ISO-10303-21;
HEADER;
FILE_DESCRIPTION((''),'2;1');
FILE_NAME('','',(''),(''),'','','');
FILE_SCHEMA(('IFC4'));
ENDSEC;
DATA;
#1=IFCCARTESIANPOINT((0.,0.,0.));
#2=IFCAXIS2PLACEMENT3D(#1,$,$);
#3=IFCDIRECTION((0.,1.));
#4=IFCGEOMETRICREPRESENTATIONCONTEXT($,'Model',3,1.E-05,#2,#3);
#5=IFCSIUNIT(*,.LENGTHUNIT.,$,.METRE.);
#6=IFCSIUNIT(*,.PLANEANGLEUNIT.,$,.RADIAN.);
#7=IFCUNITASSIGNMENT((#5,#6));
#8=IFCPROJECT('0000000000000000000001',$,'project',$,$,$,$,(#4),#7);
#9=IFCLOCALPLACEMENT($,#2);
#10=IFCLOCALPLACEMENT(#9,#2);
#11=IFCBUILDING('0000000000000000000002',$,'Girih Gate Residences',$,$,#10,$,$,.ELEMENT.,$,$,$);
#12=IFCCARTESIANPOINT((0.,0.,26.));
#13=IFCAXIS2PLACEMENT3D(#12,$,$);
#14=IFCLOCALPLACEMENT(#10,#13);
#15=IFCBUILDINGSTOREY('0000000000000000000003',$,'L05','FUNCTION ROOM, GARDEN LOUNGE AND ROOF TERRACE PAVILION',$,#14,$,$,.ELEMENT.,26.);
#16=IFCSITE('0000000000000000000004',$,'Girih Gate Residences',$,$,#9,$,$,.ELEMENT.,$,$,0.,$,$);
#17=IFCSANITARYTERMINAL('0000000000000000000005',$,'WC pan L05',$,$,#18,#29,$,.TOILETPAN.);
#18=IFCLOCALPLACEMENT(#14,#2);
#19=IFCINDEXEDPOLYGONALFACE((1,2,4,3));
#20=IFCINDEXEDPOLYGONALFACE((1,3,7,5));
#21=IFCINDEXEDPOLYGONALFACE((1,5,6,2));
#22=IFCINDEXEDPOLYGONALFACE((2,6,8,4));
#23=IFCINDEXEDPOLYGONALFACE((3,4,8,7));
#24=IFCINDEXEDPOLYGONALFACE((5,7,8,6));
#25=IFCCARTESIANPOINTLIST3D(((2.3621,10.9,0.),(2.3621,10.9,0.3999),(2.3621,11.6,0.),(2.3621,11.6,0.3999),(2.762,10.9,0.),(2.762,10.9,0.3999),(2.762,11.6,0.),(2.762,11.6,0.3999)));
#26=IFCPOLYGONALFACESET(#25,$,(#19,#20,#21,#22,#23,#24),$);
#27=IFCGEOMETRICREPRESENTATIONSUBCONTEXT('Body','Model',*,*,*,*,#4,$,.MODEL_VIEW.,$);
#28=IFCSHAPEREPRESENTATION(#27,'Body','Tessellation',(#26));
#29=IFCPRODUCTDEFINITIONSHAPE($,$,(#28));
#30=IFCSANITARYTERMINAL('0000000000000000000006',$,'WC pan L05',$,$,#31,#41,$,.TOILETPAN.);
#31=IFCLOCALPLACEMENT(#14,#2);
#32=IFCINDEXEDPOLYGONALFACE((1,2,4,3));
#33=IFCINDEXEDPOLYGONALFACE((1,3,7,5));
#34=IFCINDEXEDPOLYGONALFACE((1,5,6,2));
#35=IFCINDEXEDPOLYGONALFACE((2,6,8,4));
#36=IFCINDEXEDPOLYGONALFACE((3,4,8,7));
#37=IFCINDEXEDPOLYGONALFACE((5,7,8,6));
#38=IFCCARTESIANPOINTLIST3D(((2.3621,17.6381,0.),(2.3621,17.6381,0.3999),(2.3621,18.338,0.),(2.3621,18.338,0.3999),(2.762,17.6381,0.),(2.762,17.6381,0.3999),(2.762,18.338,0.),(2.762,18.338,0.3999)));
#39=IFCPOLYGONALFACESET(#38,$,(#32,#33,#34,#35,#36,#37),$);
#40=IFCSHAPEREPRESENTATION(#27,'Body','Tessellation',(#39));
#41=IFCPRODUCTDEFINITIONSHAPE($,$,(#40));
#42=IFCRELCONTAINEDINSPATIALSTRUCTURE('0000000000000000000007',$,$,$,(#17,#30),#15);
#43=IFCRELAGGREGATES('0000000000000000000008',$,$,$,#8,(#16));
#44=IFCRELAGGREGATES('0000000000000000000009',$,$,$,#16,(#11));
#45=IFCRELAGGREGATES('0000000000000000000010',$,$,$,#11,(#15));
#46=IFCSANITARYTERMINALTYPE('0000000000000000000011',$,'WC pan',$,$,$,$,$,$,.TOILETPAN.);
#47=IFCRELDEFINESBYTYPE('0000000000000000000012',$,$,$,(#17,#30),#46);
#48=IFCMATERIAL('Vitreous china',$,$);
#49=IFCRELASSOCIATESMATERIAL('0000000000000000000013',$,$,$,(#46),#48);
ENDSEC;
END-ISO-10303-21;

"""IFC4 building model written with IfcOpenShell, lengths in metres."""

from ifc_helpers import new_model, si_unit, direction, frame, origin, origin_2d, place, context, subcontext, project, spatial, rectangle, extrude, material, type_object, element, save


model = new_model("IFC4")

# Units and contexts
model_context = context("Model", 3, precision=1e-05, world=origin(), true_north=direction((0.0, 1.0)))
body_context = subcontext(model_context, "Body", "Model", "MODEL_VIEW")
ifc_project = project(units=[si_unit("LENGTHUNIT", "METRE"), si_unit("PLANEANGLEUNIT", "RADIAN")], contexts=[model_context])

# Site, building, storey
site_placement = place(None, origin())
site = spatial("IfcSite", under=ifc_project, at=site_placement, Name="Girih Gate Residences", CompositionType="ELEMENT", RefElevation=0.0)
building_placement = place(site_placement, origin())
building = spatial("IfcBuilding", under=site, at=building_placement, Name="Girih Gate Residences", CompositionType="ELEMENT")
storey_placement = place(building_placement, frame((0.0, 0.0, 26.0)))
storey = spatial("IfcBuildingStorey", under=building, at=storey_placement, Name="L05", Description="FUNCTION ROOM, GARDEN LOUNGE AND ROOF TERRACE PAVILION", CompositionType="ELEMENT", Elevation=26.0)

# Sanitary terminals
ifc_material_1 = material(Name="Vitreous china")
sanitary_terminal_type = type_object("IfcSanitaryTerminalType", Name="WC pan", PredefinedType="TOILETPAN", material=ifc_material_1)
for number, where, z_axis, x_axis, name in (
    (1, (2.562, 11.25, 0.0), (0.0, 0.0, 1.0), (1.0, 0.0, 0.0), "WC pan L05"),
    (2, (2.562, 17.988, 0.0), (0.0, 0.0, 1.0), (1.0, 0.0, 0.0), "WC pan L05"),
):
    element("IfcSanitaryTerminal", number, at=place(storey_placement, frame(where, z_axis=z_axis, x_axis=x_axis)), inside=storey, type_object=sanitary_terminal_type, Name=name, PredefinedType="TOILETPAN", context=body_context, shape_type="SweptSolid", body=[
        extrude(rectangle(XDim=0.3999, YDim=0.7, at=origin_2d()), origin(), (0.0, 0.0, 1.0), 0.3999),
    ])

save(model, "model.ifc")
